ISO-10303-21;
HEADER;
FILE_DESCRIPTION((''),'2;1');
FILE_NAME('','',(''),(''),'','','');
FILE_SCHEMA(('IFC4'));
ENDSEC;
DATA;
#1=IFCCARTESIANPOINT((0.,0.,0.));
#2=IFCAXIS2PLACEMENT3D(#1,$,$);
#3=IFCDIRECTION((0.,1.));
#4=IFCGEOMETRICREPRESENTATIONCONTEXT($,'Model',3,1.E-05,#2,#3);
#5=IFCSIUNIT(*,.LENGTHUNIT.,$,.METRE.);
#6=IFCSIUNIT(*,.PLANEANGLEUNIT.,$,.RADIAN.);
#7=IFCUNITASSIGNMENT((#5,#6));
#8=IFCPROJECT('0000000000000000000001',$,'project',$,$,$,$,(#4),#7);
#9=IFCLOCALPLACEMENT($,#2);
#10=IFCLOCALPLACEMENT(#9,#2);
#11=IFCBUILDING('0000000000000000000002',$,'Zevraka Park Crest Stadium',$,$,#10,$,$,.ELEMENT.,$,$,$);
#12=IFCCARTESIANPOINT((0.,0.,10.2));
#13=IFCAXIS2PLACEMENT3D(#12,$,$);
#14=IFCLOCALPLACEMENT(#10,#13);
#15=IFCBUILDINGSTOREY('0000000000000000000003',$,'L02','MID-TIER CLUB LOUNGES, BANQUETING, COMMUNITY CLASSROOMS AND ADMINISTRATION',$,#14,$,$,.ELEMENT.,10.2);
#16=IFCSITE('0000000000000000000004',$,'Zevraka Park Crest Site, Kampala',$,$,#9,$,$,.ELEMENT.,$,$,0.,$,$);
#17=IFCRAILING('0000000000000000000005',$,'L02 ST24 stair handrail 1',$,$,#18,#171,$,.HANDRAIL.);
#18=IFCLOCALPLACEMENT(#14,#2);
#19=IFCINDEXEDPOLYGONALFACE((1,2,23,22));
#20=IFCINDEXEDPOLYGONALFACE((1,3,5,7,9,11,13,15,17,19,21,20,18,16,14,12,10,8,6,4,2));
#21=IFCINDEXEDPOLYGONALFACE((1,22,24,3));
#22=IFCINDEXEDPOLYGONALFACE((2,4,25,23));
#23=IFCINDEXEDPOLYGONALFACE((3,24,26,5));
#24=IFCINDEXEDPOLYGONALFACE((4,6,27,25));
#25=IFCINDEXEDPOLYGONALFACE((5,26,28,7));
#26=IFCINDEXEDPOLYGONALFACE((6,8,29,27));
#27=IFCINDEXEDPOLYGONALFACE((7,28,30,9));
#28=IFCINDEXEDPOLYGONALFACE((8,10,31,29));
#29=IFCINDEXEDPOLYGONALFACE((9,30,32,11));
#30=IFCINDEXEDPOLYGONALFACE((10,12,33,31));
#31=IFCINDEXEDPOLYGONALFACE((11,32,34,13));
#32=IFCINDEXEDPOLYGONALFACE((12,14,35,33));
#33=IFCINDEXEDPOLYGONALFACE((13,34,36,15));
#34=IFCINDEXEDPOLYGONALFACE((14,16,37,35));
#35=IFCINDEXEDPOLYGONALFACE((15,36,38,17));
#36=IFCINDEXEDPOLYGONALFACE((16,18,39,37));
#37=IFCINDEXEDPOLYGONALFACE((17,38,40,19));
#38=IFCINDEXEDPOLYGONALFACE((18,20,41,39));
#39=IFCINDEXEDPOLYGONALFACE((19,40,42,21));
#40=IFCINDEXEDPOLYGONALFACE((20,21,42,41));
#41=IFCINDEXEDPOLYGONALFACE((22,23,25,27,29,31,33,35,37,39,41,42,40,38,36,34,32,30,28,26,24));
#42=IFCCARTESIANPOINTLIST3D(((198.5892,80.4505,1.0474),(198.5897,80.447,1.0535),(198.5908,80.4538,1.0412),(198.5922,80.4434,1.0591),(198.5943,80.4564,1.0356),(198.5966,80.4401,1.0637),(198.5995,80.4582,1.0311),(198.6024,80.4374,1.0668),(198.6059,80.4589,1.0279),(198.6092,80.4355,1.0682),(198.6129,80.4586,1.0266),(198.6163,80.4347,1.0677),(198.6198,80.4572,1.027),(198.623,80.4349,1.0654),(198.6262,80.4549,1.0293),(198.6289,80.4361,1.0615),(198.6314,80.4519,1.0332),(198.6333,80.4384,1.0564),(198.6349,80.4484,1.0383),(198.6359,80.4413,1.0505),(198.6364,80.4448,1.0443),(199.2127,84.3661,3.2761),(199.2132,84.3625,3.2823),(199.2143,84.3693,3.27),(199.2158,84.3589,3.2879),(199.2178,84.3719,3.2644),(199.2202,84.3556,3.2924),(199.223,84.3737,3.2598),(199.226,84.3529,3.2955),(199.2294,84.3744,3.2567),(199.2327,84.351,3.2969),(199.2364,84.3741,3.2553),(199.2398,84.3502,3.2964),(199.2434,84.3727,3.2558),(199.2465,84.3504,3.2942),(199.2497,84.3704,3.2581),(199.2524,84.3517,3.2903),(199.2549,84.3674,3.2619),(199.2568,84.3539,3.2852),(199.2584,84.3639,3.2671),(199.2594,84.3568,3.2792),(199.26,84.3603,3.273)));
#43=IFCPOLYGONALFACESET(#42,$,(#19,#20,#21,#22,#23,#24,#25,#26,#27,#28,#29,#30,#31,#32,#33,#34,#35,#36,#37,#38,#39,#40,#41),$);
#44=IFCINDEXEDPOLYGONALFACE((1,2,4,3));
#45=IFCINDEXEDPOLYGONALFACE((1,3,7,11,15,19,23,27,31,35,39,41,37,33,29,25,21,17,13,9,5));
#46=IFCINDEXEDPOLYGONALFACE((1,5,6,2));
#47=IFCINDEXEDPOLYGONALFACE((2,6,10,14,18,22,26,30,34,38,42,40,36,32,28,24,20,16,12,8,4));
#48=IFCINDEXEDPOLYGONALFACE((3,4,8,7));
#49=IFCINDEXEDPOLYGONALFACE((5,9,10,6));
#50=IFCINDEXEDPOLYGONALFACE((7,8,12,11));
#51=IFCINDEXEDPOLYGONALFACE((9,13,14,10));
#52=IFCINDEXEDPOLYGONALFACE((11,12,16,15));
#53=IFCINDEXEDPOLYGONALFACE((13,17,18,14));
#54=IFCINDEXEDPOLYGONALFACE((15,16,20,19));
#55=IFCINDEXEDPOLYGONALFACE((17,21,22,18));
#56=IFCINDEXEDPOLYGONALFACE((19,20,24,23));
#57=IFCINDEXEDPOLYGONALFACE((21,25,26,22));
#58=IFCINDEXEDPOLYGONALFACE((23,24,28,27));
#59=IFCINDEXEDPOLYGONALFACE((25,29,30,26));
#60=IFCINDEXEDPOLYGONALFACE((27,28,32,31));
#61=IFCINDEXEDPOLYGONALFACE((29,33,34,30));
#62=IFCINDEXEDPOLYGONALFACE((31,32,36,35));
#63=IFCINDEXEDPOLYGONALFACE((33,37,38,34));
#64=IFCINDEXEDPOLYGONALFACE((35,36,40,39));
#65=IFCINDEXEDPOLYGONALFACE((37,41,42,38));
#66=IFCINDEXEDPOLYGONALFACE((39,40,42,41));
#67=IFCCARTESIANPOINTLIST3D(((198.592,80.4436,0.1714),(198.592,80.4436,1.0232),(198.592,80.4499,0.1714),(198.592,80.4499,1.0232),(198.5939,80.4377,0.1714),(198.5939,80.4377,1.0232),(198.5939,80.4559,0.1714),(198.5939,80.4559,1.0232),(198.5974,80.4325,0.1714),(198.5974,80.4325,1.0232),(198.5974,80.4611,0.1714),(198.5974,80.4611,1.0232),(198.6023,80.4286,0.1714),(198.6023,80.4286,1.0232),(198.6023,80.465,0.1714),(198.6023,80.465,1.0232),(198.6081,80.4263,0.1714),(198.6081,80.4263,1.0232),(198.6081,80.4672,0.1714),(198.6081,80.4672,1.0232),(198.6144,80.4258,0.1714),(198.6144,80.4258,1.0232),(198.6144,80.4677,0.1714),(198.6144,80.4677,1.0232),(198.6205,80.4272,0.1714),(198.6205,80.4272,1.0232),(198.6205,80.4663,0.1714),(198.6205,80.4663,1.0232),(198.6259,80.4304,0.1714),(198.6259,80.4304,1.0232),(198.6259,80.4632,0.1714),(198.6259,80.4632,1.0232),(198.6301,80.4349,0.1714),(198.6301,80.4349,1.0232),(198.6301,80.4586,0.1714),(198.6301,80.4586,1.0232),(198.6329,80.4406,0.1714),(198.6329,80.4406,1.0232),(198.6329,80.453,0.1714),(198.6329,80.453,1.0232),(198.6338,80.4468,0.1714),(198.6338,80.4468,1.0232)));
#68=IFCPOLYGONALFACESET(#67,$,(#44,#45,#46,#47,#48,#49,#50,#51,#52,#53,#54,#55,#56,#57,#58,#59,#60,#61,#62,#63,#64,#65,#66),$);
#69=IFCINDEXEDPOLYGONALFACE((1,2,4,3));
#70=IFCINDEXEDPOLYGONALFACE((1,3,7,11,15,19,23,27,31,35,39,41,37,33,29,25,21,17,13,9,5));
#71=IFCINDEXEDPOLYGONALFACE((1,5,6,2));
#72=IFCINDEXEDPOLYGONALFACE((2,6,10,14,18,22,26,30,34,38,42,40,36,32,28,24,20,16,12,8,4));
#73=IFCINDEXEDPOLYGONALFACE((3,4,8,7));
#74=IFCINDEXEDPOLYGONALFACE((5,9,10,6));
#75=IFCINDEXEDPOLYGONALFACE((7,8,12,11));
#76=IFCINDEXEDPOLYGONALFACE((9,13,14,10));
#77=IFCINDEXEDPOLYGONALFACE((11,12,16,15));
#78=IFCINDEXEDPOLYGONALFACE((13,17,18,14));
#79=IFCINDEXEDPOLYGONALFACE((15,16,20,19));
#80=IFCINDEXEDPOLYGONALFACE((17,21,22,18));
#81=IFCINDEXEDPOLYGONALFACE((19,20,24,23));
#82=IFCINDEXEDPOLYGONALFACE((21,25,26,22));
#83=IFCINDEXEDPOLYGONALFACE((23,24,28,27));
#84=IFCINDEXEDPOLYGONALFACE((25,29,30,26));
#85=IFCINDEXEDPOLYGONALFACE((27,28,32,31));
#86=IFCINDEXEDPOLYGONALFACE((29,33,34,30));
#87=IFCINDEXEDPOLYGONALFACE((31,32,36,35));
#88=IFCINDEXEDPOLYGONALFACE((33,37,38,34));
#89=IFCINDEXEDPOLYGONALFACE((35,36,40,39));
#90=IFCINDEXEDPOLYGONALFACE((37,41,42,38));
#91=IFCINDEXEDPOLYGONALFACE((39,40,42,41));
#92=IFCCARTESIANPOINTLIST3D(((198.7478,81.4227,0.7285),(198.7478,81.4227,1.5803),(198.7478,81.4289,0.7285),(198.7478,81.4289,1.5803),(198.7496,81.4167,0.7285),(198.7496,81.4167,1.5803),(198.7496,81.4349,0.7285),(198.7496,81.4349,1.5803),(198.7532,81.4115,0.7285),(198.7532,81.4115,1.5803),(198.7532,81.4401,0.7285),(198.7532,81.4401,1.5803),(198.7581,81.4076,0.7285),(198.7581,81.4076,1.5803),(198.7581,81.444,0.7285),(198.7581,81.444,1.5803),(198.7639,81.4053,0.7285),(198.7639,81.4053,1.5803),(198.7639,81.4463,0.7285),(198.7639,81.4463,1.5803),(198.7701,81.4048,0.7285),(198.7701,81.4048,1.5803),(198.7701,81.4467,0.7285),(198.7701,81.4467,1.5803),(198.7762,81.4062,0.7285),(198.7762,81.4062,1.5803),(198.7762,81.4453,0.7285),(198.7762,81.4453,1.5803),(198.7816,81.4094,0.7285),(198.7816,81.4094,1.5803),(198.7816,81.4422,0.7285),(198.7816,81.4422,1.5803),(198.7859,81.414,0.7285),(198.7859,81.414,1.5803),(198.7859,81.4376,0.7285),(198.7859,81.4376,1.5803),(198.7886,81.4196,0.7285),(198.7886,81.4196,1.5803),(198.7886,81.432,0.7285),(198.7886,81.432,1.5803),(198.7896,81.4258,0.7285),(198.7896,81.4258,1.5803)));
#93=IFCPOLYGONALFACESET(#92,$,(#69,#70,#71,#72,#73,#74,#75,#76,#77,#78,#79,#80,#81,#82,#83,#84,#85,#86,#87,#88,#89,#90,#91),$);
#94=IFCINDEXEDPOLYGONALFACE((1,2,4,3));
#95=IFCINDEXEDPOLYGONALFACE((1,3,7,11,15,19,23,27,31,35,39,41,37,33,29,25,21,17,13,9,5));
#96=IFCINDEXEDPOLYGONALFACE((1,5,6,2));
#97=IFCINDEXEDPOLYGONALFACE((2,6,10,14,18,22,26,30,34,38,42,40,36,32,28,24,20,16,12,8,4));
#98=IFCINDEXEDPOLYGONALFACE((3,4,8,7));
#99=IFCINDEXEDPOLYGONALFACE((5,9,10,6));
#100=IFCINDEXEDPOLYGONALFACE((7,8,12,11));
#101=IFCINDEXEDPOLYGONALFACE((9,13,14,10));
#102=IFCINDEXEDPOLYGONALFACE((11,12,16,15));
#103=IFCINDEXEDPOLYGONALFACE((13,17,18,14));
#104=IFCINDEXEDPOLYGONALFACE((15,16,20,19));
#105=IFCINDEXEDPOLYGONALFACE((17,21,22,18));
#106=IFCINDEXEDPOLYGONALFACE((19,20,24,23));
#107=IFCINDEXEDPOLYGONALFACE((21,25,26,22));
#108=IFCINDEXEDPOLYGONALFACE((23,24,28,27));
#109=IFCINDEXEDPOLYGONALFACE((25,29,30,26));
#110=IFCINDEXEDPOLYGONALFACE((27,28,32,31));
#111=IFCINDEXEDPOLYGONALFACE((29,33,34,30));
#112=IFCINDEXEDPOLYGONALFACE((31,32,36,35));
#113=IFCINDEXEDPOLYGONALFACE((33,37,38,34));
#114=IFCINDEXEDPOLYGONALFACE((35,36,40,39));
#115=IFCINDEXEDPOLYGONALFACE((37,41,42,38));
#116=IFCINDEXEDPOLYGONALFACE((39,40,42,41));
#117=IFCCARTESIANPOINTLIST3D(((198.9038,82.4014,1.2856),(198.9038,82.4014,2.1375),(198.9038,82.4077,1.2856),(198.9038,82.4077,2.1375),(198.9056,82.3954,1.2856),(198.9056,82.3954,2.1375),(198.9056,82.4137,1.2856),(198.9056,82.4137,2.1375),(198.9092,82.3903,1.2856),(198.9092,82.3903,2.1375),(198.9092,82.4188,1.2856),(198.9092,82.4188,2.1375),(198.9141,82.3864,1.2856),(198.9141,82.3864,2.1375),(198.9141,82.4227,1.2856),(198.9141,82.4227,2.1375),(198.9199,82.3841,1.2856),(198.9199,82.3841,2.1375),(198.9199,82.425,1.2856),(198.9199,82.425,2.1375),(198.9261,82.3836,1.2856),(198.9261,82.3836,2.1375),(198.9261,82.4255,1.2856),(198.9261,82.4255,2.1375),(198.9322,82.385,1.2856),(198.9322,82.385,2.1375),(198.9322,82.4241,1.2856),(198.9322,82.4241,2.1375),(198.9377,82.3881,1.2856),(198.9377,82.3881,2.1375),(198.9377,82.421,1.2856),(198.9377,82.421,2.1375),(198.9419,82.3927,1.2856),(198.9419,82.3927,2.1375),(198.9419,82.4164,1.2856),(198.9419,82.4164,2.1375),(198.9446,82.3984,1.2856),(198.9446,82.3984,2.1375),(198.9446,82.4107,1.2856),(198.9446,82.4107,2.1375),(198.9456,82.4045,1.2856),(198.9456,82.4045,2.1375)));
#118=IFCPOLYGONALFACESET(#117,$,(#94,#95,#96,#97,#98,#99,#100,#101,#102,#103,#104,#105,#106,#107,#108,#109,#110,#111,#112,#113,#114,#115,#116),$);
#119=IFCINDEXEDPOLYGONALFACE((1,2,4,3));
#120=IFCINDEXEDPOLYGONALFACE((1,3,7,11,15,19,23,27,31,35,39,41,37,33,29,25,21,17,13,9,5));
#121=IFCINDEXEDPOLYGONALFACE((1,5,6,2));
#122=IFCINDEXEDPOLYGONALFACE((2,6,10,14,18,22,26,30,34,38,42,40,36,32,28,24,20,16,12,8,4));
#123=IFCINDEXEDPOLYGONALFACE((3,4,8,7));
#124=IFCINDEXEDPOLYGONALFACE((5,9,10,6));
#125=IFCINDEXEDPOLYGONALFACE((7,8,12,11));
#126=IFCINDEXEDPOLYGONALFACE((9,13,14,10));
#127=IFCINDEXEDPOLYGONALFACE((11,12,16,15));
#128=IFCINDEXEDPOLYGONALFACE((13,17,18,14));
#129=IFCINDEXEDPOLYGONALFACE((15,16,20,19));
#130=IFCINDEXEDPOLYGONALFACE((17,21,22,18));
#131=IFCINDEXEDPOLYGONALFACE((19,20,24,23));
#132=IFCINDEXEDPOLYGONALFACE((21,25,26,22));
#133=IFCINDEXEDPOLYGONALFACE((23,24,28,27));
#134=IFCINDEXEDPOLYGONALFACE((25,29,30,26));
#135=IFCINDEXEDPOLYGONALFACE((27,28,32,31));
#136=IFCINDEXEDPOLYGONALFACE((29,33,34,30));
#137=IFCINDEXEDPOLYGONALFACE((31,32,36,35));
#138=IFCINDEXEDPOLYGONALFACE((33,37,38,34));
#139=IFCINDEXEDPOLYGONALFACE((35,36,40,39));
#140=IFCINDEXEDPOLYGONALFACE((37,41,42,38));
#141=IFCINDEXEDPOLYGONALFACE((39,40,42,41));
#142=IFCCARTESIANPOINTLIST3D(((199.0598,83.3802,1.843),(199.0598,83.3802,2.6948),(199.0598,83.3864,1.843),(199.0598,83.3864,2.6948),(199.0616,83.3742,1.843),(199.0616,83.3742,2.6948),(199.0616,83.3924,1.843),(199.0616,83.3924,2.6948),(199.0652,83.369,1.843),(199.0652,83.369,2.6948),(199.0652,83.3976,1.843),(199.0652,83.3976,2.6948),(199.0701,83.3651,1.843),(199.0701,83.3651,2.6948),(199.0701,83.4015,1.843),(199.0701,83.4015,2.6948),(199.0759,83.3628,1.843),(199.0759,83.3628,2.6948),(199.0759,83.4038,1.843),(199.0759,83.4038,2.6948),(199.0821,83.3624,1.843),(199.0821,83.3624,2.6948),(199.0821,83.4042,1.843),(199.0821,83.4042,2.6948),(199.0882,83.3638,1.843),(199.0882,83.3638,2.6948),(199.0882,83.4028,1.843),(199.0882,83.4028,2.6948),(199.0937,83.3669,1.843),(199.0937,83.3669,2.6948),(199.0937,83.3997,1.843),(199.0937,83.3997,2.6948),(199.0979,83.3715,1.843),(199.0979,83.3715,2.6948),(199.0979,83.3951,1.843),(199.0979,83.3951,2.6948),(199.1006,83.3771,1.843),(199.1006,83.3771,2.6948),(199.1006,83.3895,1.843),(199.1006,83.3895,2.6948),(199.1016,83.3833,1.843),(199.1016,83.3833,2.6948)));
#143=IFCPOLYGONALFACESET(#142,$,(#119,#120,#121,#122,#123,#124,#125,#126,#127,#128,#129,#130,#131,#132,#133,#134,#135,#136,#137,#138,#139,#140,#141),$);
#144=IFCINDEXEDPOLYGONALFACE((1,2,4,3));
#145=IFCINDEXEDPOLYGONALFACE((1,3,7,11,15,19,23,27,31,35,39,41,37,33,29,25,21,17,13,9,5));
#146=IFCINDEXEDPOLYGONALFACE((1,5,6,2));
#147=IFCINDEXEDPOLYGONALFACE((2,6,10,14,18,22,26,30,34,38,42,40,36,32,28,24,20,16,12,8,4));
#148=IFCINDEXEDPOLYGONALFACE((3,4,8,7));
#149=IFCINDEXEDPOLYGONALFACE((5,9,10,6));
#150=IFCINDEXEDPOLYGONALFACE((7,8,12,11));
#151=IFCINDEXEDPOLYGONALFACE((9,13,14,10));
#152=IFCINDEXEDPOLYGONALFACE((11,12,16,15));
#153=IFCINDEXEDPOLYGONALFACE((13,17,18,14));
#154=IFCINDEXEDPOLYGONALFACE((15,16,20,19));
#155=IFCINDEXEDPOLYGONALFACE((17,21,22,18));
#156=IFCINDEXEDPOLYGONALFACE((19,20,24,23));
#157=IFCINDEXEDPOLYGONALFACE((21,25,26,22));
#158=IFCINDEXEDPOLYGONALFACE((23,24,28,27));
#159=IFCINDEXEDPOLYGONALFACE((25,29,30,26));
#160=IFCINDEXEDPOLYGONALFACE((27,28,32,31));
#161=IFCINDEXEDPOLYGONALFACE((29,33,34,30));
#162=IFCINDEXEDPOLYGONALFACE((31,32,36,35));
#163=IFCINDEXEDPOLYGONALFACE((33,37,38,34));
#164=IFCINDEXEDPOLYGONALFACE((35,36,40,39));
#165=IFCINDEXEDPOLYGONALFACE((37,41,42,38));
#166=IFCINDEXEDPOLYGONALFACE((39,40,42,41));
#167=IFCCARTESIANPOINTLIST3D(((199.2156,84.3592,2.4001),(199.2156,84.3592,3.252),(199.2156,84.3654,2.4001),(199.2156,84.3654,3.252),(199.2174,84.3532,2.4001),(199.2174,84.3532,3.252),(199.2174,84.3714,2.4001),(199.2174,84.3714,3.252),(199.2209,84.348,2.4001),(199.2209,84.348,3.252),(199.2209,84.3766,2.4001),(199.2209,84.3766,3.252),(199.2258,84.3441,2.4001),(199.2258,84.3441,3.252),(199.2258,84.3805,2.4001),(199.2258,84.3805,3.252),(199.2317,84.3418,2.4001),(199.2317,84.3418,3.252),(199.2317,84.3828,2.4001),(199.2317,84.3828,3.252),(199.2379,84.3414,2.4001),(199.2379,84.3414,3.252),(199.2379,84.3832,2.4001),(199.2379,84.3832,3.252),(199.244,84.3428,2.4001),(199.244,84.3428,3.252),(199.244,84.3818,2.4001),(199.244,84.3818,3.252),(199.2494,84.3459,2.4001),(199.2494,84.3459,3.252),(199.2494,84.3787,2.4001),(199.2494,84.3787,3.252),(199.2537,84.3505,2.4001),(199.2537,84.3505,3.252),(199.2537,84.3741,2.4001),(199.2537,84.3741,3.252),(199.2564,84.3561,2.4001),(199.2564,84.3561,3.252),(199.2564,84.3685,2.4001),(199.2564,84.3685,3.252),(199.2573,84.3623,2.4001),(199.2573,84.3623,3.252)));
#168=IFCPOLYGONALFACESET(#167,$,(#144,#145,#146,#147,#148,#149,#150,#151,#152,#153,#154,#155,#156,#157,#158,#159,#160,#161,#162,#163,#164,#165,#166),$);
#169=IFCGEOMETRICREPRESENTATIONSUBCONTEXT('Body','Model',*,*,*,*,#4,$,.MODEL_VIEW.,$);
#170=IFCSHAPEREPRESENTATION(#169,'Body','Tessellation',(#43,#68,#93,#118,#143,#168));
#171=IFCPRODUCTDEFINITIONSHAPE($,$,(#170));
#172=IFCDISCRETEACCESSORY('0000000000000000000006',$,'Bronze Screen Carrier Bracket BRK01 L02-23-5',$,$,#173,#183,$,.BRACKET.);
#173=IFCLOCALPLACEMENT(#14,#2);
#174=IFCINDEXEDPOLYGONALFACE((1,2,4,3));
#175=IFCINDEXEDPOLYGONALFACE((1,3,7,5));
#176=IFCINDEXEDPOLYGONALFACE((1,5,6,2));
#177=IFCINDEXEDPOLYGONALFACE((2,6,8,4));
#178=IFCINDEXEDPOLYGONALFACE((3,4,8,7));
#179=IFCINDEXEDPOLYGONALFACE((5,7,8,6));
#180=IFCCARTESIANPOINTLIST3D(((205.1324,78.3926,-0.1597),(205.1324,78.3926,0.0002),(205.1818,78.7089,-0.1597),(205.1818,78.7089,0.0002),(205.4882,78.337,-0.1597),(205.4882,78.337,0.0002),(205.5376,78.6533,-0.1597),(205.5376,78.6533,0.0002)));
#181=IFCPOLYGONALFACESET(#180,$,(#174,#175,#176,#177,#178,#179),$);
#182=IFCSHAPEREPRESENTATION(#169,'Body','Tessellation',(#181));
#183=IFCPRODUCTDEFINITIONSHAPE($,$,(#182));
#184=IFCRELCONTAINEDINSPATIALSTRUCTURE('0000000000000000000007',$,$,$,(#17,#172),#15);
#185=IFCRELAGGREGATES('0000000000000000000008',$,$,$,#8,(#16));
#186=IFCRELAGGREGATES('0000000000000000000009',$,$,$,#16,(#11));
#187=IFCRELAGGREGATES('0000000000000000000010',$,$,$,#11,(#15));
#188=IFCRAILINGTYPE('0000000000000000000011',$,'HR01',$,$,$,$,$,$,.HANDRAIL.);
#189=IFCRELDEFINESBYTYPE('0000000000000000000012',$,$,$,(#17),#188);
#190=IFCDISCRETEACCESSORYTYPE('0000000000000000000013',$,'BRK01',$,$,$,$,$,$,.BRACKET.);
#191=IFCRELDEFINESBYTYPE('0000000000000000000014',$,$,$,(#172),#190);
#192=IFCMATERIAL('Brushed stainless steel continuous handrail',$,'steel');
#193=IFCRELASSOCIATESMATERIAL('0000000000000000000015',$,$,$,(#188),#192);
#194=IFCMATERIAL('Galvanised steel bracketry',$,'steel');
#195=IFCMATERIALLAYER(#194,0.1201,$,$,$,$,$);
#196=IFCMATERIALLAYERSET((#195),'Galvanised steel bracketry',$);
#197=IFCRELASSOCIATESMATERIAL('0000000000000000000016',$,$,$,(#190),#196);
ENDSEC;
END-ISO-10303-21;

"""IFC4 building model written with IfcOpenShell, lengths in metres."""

from ifc_helpers import new_model, si_unit, direction, frame, origin, origin_2d, place, context, subcontext, project, spatial, rectangle, circle, extrude, material, layer, layer_set, type_object, element, save


model = new_model("IFC4")

# Units and contexts
model_context = context("Model", 3, precision=1e-05, world=origin(), true_north=direction((0.0, 1.0)))
body_context = subcontext(model_context, "Body", "Model", "MODEL_VIEW")
ifc_project = project(units=[si_unit("LENGTHUNIT", "METRE"), si_unit("PLANEANGLEUNIT", "RADIAN")], contexts=[model_context])

# Site, building, storey
site_placement = place(None, origin())
site = spatial("IfcSite", under=ifc_project, at=site_placement, Name="Zevraka Park Crest Site, Kampala", CompositionType="ELEMENT", RefElevation=0.0)
building_placement = place(site_placement, origin())
building = spatial("IfcBuilding", under=site, at=building_placement, Name="Zevraka Park Crest Stadium", CompositionType="ELEMENT")
storey_placement = place(building_placement, frame((0.0, 0.0, 10.2)))
storey = spatial("IfcBuildingStorey", under=building, at=storey_placement, Name="L02", Description="MID-TIER CLUB LOUNGES, BANQUETING, COMMUNITY CLASSROOMS AND ADMINISTRATION", CompositionType="ELEMENT", Elevation=10.2)

# Railing
ifc_material_1 = material(Name="Brushed stainless steel continuous handrail", Category="steel")
railing_type_1 = type_object("IfcRailingType", Name="HR01", PredefinedType="HANDRAIL", material=ifc_material_1)
railing_1_placement = place(storey_placement, frame((198.6128, 80.4468, 0.1714)))
element("IfcRailing", 1, at=railing_1_placement, inside=storey, type_object=railing_type_1, Name="L02 ST24 stair handrail 1", PredefinedType="HANDRAIL", context=body_context, shape_type="SweptSolid", body=[
    extrude(circle(Radius=0.0239, at=origin_2d()), frame((0.0, 0.0, 0.876), z_axis=(0.13709, 0.860867, 0.490015), x_axis=(-0.987556, 0.157265, 0.0)), (0.0, 0.0, 1.0), 4.5483),
    extrude(circle(Radius=0.021, at=origin_2d()), origin(), (0.0, 0.0, 1.0), 0.8518),
    extrude(circle(Radius=0.021, at=origin_2d()), frame((0.1558, 0.979, 0.5571)), (0.0, 0.0, 1.0), 0.8518),
    extrude(circle(Radius=0.021, at=origin_2d()), frame((0.3118, 1.9578, 1.1143)), (0.0, 0.0, 1.0), 0.8518),
    extrude(circle(Radius=0.021, at=origin_2d()), frame((0.4678, 2.9365, 1.6716)), (0.0, 0.0, 1.0), 0.8518),
    extrude(circle(Radius=0.021, at=origin_2d()), frame((0.6235, 3.9155, 2.2288)), (0.0, 0.0, 1.0), 0.8518),
])

# Discrete accessory
ifc_material_2 = material(Name="Galvanised steel bracketry", Category="steel")
ifc_layer_1 = layer(ifc_material_2, 0.1201)
ifc_layer_set_1 = layer_set([ifc_layer_1], Name="Galvanised steel bracketry")
discrete_accessory_type = type_object("IfcDiscreteAccessoryType", Name="BRK01", PredefinedType="BRACKET", material=ifc_layer_set_1)
discrete_accessory_placement = place(storey_placement, frame((205.335, 78.5229, -0.1597), z_axis=(0.0, 0.0, 1.0), x_axis=(0.154366, 0.988014, 0.0)))
element("IfcDiscreteAccessory", 2, at=discrete_accessory_placement, inside=storey, type_object=discrete_accessory_type, Name="Bronze Screen Carrier Bracket BRK01 L02-23-5", PredefinedType="BRACKET", context=body_context, shape_type="SweptSolid", body=[
    extrude(rectangle(XDim=0.3201, YDim=0.3601, at=origin_2d()), origin(), (0.0, 0.0, 1.0), 0.1599),
])

save(model, "model.ifc")
